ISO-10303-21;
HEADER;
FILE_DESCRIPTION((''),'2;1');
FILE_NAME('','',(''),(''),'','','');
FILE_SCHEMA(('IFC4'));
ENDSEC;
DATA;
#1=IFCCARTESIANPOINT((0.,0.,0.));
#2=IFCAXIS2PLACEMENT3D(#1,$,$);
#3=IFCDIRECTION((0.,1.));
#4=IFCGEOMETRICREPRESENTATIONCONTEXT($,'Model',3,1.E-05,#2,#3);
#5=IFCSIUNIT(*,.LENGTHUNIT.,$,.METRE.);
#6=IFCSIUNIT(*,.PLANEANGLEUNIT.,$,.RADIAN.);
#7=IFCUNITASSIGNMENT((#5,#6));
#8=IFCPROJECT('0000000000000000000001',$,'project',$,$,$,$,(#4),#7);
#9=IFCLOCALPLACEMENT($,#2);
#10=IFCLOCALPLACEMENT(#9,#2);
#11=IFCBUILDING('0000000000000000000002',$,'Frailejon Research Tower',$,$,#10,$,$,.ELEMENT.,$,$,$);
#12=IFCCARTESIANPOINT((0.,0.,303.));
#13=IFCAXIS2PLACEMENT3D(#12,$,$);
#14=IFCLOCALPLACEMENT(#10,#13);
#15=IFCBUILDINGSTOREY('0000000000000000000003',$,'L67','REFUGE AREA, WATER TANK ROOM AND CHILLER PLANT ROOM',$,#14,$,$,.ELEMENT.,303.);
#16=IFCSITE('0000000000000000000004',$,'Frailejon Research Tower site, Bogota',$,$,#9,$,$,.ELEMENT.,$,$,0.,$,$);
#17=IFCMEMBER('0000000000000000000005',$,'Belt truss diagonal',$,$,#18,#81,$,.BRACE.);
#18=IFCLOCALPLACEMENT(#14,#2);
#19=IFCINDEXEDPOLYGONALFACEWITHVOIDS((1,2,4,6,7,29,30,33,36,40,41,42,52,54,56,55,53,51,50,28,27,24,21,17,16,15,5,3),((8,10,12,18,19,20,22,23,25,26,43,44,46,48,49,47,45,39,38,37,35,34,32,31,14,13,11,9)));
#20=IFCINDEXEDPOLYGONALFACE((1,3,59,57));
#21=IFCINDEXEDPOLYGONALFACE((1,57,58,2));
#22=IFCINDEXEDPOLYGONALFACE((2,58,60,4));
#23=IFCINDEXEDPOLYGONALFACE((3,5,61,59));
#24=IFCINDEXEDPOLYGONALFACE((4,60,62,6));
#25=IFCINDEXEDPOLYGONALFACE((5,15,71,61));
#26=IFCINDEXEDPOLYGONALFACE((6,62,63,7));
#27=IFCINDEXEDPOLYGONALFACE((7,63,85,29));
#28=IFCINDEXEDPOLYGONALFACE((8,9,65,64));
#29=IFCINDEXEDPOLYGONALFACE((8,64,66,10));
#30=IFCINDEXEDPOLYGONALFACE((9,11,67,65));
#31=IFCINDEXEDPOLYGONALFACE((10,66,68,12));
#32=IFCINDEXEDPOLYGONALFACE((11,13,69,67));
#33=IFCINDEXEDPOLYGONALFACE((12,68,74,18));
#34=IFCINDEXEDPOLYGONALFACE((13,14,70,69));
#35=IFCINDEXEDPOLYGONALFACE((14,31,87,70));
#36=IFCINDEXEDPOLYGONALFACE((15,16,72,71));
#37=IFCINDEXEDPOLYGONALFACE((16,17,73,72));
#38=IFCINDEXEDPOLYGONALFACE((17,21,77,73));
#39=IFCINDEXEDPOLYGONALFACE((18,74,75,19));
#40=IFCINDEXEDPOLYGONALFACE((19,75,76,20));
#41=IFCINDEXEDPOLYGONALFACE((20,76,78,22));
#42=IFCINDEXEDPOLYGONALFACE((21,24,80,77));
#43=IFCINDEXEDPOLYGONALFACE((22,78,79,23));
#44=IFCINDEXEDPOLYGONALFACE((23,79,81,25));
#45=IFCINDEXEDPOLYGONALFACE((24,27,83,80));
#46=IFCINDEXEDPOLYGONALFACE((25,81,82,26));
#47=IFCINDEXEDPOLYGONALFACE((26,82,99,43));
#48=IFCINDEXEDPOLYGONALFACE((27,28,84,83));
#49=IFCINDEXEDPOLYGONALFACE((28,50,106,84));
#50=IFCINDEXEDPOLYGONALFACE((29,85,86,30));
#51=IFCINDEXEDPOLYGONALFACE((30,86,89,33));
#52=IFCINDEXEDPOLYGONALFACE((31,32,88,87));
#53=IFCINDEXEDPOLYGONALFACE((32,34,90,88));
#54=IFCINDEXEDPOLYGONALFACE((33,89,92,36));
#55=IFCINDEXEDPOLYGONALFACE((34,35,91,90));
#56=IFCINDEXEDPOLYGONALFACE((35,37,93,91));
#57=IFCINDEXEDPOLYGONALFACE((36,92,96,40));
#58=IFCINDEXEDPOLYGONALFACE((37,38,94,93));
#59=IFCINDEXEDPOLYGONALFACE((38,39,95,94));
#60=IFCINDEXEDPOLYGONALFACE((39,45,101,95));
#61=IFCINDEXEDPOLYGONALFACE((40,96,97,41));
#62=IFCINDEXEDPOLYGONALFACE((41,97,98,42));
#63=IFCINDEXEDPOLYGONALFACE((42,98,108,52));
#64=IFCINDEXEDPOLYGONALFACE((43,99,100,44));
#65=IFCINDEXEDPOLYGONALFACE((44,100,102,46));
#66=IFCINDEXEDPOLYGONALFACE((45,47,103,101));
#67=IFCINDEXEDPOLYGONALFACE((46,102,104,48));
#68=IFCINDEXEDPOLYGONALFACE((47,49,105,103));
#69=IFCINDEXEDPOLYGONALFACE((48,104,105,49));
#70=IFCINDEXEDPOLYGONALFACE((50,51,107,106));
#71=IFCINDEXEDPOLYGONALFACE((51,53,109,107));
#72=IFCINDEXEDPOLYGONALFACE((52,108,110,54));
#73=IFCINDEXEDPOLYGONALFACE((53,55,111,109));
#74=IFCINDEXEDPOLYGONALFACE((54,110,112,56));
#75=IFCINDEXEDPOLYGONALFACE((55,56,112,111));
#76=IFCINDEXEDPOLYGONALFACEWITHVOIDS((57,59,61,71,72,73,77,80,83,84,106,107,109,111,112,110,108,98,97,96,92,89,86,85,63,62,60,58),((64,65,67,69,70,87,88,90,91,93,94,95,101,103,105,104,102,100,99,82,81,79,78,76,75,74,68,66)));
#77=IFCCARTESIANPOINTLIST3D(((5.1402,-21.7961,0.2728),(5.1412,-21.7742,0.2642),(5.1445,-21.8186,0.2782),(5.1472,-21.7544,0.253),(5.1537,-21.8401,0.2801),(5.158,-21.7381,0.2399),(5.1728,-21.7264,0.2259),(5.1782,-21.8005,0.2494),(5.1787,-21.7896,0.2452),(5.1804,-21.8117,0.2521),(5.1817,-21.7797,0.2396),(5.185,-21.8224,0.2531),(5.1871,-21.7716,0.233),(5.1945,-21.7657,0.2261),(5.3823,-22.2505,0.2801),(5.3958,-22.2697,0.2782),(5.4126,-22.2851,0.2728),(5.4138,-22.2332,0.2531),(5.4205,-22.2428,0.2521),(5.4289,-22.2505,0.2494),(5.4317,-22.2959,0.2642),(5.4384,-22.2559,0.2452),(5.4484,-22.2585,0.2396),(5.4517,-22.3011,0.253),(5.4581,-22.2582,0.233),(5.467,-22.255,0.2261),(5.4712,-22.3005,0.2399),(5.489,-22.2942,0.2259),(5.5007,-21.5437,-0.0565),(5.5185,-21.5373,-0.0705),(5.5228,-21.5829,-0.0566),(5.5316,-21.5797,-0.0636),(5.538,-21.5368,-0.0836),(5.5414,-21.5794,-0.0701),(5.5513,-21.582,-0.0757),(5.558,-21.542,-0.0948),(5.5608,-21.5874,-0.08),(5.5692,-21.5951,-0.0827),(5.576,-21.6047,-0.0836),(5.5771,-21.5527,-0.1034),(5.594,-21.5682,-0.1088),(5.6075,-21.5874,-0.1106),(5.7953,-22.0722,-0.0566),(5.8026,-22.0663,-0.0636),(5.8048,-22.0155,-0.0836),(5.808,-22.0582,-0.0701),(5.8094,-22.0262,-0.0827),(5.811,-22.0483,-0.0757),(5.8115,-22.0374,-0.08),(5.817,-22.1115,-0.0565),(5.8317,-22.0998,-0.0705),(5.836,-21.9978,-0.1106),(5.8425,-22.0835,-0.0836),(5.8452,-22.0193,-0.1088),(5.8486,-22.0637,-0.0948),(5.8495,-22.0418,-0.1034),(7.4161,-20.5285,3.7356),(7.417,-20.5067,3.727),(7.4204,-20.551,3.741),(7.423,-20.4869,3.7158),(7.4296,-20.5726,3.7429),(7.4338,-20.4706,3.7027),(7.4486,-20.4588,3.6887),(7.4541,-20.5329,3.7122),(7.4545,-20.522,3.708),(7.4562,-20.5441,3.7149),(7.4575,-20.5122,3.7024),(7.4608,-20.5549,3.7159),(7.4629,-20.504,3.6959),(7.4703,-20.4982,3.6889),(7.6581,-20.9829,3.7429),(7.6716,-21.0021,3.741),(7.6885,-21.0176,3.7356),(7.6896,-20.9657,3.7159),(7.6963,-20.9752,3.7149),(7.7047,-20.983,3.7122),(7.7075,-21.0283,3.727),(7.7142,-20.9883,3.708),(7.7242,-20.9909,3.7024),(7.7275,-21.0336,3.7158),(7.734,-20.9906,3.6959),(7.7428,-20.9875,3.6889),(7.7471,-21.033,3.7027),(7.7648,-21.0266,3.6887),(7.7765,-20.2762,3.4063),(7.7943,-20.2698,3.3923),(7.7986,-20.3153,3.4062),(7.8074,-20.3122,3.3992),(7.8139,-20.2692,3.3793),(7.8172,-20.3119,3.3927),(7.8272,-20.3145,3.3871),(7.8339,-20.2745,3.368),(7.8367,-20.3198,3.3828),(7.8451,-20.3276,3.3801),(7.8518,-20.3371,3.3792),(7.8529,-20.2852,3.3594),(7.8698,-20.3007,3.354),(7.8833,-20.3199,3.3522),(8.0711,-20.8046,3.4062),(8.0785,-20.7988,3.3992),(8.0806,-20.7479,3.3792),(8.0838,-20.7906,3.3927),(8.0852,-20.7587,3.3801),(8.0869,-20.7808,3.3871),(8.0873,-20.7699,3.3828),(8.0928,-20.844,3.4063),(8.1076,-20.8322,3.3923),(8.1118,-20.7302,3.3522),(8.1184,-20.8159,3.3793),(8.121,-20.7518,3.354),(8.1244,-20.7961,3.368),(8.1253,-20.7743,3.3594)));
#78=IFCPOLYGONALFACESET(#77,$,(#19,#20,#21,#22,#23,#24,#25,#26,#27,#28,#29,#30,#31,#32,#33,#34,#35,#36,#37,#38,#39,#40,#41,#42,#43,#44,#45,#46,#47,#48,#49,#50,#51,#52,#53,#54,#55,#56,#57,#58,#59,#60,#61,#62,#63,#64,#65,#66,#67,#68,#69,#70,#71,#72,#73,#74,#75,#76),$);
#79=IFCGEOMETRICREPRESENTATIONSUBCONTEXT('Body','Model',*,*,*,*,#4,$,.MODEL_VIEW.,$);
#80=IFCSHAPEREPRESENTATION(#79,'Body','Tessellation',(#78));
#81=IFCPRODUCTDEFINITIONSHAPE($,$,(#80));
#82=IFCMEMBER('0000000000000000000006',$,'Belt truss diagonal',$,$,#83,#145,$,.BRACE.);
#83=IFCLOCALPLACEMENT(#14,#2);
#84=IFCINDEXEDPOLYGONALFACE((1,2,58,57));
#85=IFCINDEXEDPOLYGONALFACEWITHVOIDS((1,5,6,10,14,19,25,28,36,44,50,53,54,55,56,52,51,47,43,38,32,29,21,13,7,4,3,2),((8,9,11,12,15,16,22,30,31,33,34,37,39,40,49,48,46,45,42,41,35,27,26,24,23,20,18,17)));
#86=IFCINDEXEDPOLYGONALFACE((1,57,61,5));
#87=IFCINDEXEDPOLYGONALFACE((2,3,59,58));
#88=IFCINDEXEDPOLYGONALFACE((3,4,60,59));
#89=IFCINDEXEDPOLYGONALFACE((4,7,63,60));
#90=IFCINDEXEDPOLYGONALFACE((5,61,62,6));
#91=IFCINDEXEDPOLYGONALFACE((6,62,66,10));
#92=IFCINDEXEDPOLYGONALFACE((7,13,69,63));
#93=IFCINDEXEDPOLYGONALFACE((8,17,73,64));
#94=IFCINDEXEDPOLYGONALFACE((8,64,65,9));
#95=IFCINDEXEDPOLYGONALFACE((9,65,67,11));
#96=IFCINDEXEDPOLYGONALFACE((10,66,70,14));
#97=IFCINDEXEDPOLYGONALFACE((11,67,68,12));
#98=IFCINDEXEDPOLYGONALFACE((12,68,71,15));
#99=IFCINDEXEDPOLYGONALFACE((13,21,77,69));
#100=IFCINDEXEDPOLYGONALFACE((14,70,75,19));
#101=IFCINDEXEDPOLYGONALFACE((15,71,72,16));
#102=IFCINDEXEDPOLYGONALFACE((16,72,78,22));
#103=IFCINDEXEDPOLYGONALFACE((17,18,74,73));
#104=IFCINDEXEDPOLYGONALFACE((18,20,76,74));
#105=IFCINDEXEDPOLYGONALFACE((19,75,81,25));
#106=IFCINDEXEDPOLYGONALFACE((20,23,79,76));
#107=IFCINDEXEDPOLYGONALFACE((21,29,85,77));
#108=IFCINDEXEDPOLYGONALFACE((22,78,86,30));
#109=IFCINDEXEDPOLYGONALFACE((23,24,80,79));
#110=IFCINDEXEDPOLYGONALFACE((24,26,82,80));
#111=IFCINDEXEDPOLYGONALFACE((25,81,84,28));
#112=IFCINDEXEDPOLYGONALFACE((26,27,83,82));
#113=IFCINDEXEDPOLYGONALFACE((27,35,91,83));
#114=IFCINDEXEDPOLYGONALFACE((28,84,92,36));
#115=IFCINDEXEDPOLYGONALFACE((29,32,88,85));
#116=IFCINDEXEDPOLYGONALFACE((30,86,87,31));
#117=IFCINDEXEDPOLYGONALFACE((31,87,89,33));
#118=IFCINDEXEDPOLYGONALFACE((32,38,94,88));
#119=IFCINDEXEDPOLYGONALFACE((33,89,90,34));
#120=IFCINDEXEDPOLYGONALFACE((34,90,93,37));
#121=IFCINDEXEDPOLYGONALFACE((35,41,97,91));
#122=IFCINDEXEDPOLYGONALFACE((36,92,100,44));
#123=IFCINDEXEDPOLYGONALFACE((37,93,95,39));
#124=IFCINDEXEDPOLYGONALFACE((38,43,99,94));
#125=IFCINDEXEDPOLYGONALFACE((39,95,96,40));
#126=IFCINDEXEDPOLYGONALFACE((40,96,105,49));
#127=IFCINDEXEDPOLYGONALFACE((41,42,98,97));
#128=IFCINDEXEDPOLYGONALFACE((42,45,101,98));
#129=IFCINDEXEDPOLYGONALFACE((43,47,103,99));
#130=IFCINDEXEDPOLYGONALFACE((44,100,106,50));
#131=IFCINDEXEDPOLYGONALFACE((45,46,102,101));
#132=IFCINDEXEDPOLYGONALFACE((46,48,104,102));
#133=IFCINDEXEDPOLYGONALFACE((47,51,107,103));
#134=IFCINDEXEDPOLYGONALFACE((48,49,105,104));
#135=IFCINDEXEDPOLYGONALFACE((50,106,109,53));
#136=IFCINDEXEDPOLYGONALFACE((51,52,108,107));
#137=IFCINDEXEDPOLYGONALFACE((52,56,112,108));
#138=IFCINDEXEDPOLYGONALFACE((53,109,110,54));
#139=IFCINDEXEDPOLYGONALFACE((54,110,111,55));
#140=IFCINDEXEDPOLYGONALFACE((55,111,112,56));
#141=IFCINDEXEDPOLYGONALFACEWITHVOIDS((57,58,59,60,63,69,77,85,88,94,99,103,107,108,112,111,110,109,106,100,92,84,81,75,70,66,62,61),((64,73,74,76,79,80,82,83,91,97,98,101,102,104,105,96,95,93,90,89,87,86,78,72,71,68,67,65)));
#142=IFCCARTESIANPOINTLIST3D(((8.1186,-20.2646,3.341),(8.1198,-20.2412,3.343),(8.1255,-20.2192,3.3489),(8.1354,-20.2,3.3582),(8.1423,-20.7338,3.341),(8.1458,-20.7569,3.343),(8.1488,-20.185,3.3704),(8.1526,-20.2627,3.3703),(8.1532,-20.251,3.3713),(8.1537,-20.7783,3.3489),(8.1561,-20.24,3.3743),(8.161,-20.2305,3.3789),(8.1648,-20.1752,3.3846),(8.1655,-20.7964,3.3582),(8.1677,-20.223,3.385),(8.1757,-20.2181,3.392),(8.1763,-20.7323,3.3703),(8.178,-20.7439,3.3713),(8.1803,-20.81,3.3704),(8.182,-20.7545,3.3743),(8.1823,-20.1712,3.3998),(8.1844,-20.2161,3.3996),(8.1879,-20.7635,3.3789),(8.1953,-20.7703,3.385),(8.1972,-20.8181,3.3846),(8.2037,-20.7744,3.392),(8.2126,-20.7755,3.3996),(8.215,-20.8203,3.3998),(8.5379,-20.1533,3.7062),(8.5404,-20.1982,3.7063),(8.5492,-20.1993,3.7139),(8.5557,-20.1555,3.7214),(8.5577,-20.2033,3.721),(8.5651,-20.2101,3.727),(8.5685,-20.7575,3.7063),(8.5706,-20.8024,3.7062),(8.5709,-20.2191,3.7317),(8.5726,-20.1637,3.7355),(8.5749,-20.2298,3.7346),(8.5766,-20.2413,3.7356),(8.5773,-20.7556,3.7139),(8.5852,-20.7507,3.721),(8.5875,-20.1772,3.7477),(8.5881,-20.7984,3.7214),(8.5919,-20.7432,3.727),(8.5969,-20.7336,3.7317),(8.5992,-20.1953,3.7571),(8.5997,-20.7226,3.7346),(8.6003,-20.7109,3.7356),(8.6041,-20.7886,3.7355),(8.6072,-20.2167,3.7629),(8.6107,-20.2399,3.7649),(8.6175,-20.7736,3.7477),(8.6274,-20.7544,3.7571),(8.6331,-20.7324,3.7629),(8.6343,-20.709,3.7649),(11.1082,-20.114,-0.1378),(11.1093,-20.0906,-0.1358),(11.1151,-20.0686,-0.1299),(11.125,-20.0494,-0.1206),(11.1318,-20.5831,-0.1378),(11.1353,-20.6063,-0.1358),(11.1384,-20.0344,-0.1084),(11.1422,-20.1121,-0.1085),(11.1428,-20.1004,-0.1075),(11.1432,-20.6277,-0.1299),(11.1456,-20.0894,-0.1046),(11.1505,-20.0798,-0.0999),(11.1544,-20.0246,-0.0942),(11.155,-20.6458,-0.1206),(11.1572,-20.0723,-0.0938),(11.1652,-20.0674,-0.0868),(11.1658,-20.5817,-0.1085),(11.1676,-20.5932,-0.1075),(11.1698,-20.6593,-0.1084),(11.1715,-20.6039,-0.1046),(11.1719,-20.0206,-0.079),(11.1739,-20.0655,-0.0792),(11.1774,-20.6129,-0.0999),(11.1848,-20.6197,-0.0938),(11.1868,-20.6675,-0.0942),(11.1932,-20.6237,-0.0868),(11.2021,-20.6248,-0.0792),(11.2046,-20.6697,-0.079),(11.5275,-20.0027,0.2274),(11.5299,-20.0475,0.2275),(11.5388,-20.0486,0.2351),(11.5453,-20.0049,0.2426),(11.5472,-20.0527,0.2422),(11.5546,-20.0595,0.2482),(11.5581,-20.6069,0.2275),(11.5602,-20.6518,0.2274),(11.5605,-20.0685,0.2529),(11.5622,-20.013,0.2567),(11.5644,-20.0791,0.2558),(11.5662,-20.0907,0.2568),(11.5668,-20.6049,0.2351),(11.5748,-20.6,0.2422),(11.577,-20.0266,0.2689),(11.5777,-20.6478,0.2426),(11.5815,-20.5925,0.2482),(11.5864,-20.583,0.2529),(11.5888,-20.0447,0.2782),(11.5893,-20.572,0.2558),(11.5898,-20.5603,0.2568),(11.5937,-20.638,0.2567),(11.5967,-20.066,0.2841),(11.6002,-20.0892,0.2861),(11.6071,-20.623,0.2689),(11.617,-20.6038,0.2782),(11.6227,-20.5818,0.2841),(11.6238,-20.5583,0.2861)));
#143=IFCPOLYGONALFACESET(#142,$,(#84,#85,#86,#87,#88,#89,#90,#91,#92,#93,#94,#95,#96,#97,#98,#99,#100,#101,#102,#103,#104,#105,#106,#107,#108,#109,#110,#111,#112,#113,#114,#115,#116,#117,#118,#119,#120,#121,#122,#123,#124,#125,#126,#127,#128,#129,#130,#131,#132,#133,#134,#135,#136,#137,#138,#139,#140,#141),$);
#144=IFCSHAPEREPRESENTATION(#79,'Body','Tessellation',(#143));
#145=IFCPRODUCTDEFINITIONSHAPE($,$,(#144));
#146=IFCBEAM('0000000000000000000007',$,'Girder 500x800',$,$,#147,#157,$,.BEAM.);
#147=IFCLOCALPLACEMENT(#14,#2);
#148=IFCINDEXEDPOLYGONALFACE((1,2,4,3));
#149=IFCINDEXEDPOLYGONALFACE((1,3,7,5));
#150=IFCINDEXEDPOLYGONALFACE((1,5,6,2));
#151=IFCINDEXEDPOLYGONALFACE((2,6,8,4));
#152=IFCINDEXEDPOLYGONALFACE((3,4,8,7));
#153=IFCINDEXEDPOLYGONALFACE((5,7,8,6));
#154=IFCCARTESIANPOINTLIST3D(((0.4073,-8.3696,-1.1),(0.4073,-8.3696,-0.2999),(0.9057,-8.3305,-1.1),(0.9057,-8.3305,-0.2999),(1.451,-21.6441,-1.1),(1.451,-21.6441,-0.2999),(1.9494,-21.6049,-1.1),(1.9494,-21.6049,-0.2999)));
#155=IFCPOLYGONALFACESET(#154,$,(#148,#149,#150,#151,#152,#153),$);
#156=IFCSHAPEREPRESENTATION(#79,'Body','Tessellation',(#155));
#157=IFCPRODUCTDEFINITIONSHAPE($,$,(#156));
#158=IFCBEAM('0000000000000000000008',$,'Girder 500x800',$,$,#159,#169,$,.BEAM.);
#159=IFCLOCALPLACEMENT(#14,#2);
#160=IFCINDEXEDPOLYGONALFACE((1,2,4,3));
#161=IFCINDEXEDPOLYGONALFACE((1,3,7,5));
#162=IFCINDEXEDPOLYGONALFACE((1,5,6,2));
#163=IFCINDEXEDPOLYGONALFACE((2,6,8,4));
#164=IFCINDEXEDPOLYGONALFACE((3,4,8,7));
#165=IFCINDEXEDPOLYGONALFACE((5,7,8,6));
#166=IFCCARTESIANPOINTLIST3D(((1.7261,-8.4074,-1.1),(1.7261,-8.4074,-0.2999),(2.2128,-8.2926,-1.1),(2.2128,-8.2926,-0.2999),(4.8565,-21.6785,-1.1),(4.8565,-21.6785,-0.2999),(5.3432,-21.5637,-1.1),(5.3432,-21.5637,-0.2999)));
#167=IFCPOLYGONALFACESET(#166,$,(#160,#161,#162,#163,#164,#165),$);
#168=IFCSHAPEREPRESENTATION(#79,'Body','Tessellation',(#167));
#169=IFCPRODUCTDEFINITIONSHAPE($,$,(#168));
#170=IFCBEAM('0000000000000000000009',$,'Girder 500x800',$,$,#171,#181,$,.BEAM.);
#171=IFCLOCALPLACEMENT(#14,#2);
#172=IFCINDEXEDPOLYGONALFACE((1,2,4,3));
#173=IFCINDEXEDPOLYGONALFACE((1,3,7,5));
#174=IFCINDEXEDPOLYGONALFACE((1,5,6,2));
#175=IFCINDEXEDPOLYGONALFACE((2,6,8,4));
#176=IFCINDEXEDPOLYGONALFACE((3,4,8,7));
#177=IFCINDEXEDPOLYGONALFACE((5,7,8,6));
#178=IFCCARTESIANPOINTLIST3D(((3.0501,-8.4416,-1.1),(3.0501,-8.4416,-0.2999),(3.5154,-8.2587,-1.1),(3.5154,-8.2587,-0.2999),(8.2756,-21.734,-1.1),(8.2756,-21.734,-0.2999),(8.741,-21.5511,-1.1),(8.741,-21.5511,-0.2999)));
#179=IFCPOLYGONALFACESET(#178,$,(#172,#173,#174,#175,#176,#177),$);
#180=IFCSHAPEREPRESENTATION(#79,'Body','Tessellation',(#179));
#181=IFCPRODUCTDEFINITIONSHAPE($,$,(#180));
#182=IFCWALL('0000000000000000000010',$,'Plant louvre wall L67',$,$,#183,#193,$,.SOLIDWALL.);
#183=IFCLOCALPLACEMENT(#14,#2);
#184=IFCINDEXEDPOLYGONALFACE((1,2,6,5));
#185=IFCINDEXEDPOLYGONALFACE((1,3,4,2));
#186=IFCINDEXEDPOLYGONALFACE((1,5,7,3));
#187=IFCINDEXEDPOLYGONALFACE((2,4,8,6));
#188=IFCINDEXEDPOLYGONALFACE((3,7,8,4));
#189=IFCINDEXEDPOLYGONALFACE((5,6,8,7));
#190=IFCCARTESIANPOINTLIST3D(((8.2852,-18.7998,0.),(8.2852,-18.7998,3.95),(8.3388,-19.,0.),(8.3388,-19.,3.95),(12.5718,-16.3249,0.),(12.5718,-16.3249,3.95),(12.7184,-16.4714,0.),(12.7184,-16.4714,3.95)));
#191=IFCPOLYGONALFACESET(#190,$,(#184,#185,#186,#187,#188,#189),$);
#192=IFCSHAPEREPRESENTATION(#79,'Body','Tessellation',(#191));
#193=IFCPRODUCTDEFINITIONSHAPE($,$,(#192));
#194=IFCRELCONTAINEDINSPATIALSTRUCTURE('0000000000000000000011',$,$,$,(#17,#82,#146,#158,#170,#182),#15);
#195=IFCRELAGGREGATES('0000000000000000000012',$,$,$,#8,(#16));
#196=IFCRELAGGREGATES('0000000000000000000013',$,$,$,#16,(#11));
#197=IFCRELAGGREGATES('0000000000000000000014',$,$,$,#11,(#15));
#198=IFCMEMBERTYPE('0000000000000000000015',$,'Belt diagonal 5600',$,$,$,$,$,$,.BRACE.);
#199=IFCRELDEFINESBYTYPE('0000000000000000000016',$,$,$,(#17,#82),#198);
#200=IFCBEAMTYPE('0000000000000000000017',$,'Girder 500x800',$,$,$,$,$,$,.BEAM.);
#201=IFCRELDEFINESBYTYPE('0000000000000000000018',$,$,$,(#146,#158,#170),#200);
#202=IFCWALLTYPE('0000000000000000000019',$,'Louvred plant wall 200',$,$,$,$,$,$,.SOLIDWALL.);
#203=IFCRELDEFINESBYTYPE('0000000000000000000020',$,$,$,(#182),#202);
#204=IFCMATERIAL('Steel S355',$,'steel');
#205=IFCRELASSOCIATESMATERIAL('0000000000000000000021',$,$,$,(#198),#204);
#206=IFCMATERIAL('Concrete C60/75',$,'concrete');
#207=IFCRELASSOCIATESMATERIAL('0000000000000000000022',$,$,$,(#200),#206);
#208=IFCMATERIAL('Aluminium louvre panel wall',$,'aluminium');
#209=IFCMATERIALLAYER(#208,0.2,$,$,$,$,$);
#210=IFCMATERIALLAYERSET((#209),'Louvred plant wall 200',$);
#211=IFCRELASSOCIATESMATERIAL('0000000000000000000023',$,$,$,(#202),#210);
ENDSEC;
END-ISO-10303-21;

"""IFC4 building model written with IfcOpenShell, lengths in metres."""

from ifc_helpers import new_model, si_unit, direction, frame, origin, origin_2d, place, context, subcontext, project, spatial, polyline, rectangle, hollow_rectangle, outline, extrude, material, layer, layer_set, material_profile, profile_set, type_object, element, save


model = new_model("IFC4")

# Units and contexts
model_context = context("Model", 3, precision=1e-05, world=origin(), true_north=direction((0.0, 1.0)))
body_context = subcontext(model_context, "Body", "Model", "MODEL_VIEW")
ifc_project = project(units=[si_unit("LENGTHUNIT", "METRE"), si_unit("PLANEANGLEUNIT", "RADIAN")], contexts=[model_context])

# Site, building, storey
site_placement = place(None, origin())
site = spatial("IfcSite", under=ifc_project, at=site_placement, Name="Frailejon Research Tower site, Bogota", CompositionType="ELEMENT", RefElevation=0.0)
building_placement = place(site_placement, origin())
building = spatial("IfcBuilding", under=site, at=building_placement, Name="Frailejon Research Tower", CompositionType="ELEMENT")
storey_placement = place(building_placement, frame((0.0, 0.0, 303.0)))
storey = spatial("IfcBuildingStorey", under=building, at=storey_placement, Name="L67", Description="REFUGE AREA, WATER TANK ROOM AND CHILLER PLANT ROOM", CompositionType="ELEMENT", Elevation=303.0)

# Members
ifc_material_1 = material(Name="Steel S355", Category="steel")
ifc_material_profile_1 = material_profile(ifc_material_1, hollow_rectangle(XDim=0.6499, YDim=0.6499, WallThickness=0.0449, InnerFilletRadius=0.0449, OuterFilletRadius=0.0901, at=origin_2d()), Name="Belt diagonal 5600")
ifc_profile_set_1 = profile_set([ifc_material_profile_1], Name="Steel S355")
member_type = type_object("IfcMemberType", Name="Belt diagonal 5600", PredefinedType="BRACE", material=ifc_profile_set_1)
member_1_placement = place(storey_placement, frame((5.4949, -21.9189, 0.0847), z_axis=(0.5252, 0.292516, 0.799124), x_axis=(-0.486582, 0.873635, 0.0)))
element("IfcMember", 1, at=member_1_placement, inside=storey, type_object=member_type, Name="Belt truss diagonal", PredefinedType="BRACE", context=body_context, shape_type="SweptSolid", body=[
    extrude(hollow_rectangle(XDim=0.6499, YDim=0.6499, WallThickness=0.0449, InnerFilletRadius=0.0449, OuterFilletRadius=0.0901, at=origin_2d()), origin(), (0.0, 0.0, 1.0), 4.3333),
])
member_2_placement = place(storey_placement, frame((8.3765, -20.4868, 3.553), z_axis=(0.651408, 0.032823, -0.758017), x_axis=(-0.050324, 0.998733, 0.0)))
element("IfcMember", 2, at=member_2_placement, inside=storey, type_object=member_type, Name="Belt truss diagonal", PredefinedType="BRACE", context=body_context, shape_type="SweptSolid", body=[
    extrude(hollow_rectangle(XDim=0.6499, YDim=0.6499, WallThickness=0.0449, InnerFilletRadius=0.0449, OuterFilletRadius=0.0901, at=origin_2d()), origin(), (0.0, 0.0, 1.0), 4.5894),
])

# Beams
ifc_material_2 = material(Name="Concrete C60/75", Category="concrete")
ifc_material_profile_2 = material_profile(ifc_material_2, rectangle(XDim=0.5, YDim=0.8, at=origin_2d()), Name="Girder 500x800")
ifc_profile_set_2 = profile_set([ifc_material_profile_2], Name="Concrete C60/75")
beam_type_1 = type_object("IfcBeamType", Name="Girder 500x800", PredefinedType="BEAM", material=ifc_profile_set_2)
beam_1_placement = place(storey_placement, frame((1.7002, -21.6245, -0.7), z_axis=(-0.078383, 0.996923, 0.0), x_axis=(-0.996923, -0.078383, 0.0)))
element("IfcBeam", 3, at=beam_1_placement, inside=storey, type_object=beam_type_1, Name="Girder 500x800", PredefinedType="BEAM", context=body_context, shape_type="SweptSolid", body=[
    extrude(rectangle(XDim=0.5, YDim=0.8, at=origin_2d()), origin(), (0.0, 0.0, 1.0), 13.3154),
])
beam_2_placement = place(storey_placement, frame((5.0999, -21.6211, -0.7), z_axis=(-0.22958, 0.97329, 0.0), x_axis=(-0.97329, -0.22958, 0.0)))
element("IfcBeam", 4, at=beam_2_placement, inside=storey, type_object=beam_type_1, Name="Girder 500x800", PredefinedType="BEAM", context=body_context, shape_type="SweptSolid", body=[
    extrude(rectangle(XDim=0.5, YDim=0.8, at=origin_2d()), origin(), (0.0, 0.0, 1.0), 13.6353),
])
beam_3_placement = place(storey_placement, frame((8.5083, -21.6426, -0.7), z_axis=(-0.365867, 0.930667, 0.0), x_axis=(-0.930667, -0.365867, 0.0)))
element("IfcBeam", 5, at=beam_3_placement, inside=storey, type_object=beam_type_1, Name="Girder 500x800", PredefinedType="BEAM", context=body_context, shape_type="SweptSolid", body=[
    extrude(rectangle(XDim=0.5, YDim=0.8, at=origin_2d()), origin(), (0.0, 0.0, 1.0), 14.2827),
])

# Wall
ifc_material_3 = material(Name="Aluminium louvre panel wall", Category="aluminium")
ifc_layer_1 = layer(ifc_material_3, 0.2)
ifc_layer_set_1 = layer_set([ifc_layer_1], Name="Louvred plant wall 200")
wall_type_1 = type_object("IfcWallType", Name="Louvred plant wall 200", PredefinedType="SOLIDWALL", material=ifc_layer_set_1)
wall_1_placement = place(storey_placement, frame((8.312, -18.8999, 0.0), z_axis=(0.0, 0.0, 1.0), x_axis=(0.866021, 0.500007, 0.0)))
element("IfcWall", 6, at=wall_1_placement, inside=storey, type_object=wall_type_1, Name="Plant louvre wall L67", PredefinedType="SOLIDWALL", context=body_context, shape_type="SweptSolid", body=[
    extrude(outline(polyline([(-0.0269, -0.1001), (5.0303, -0.1001), (4.9766, 0.1001), (0.0269, 0.1001), (-0.0269, -0.1001)])), origin(), (0.0, 0.0, 1.0), 3.95),
])

save(model, "model.ifc")
